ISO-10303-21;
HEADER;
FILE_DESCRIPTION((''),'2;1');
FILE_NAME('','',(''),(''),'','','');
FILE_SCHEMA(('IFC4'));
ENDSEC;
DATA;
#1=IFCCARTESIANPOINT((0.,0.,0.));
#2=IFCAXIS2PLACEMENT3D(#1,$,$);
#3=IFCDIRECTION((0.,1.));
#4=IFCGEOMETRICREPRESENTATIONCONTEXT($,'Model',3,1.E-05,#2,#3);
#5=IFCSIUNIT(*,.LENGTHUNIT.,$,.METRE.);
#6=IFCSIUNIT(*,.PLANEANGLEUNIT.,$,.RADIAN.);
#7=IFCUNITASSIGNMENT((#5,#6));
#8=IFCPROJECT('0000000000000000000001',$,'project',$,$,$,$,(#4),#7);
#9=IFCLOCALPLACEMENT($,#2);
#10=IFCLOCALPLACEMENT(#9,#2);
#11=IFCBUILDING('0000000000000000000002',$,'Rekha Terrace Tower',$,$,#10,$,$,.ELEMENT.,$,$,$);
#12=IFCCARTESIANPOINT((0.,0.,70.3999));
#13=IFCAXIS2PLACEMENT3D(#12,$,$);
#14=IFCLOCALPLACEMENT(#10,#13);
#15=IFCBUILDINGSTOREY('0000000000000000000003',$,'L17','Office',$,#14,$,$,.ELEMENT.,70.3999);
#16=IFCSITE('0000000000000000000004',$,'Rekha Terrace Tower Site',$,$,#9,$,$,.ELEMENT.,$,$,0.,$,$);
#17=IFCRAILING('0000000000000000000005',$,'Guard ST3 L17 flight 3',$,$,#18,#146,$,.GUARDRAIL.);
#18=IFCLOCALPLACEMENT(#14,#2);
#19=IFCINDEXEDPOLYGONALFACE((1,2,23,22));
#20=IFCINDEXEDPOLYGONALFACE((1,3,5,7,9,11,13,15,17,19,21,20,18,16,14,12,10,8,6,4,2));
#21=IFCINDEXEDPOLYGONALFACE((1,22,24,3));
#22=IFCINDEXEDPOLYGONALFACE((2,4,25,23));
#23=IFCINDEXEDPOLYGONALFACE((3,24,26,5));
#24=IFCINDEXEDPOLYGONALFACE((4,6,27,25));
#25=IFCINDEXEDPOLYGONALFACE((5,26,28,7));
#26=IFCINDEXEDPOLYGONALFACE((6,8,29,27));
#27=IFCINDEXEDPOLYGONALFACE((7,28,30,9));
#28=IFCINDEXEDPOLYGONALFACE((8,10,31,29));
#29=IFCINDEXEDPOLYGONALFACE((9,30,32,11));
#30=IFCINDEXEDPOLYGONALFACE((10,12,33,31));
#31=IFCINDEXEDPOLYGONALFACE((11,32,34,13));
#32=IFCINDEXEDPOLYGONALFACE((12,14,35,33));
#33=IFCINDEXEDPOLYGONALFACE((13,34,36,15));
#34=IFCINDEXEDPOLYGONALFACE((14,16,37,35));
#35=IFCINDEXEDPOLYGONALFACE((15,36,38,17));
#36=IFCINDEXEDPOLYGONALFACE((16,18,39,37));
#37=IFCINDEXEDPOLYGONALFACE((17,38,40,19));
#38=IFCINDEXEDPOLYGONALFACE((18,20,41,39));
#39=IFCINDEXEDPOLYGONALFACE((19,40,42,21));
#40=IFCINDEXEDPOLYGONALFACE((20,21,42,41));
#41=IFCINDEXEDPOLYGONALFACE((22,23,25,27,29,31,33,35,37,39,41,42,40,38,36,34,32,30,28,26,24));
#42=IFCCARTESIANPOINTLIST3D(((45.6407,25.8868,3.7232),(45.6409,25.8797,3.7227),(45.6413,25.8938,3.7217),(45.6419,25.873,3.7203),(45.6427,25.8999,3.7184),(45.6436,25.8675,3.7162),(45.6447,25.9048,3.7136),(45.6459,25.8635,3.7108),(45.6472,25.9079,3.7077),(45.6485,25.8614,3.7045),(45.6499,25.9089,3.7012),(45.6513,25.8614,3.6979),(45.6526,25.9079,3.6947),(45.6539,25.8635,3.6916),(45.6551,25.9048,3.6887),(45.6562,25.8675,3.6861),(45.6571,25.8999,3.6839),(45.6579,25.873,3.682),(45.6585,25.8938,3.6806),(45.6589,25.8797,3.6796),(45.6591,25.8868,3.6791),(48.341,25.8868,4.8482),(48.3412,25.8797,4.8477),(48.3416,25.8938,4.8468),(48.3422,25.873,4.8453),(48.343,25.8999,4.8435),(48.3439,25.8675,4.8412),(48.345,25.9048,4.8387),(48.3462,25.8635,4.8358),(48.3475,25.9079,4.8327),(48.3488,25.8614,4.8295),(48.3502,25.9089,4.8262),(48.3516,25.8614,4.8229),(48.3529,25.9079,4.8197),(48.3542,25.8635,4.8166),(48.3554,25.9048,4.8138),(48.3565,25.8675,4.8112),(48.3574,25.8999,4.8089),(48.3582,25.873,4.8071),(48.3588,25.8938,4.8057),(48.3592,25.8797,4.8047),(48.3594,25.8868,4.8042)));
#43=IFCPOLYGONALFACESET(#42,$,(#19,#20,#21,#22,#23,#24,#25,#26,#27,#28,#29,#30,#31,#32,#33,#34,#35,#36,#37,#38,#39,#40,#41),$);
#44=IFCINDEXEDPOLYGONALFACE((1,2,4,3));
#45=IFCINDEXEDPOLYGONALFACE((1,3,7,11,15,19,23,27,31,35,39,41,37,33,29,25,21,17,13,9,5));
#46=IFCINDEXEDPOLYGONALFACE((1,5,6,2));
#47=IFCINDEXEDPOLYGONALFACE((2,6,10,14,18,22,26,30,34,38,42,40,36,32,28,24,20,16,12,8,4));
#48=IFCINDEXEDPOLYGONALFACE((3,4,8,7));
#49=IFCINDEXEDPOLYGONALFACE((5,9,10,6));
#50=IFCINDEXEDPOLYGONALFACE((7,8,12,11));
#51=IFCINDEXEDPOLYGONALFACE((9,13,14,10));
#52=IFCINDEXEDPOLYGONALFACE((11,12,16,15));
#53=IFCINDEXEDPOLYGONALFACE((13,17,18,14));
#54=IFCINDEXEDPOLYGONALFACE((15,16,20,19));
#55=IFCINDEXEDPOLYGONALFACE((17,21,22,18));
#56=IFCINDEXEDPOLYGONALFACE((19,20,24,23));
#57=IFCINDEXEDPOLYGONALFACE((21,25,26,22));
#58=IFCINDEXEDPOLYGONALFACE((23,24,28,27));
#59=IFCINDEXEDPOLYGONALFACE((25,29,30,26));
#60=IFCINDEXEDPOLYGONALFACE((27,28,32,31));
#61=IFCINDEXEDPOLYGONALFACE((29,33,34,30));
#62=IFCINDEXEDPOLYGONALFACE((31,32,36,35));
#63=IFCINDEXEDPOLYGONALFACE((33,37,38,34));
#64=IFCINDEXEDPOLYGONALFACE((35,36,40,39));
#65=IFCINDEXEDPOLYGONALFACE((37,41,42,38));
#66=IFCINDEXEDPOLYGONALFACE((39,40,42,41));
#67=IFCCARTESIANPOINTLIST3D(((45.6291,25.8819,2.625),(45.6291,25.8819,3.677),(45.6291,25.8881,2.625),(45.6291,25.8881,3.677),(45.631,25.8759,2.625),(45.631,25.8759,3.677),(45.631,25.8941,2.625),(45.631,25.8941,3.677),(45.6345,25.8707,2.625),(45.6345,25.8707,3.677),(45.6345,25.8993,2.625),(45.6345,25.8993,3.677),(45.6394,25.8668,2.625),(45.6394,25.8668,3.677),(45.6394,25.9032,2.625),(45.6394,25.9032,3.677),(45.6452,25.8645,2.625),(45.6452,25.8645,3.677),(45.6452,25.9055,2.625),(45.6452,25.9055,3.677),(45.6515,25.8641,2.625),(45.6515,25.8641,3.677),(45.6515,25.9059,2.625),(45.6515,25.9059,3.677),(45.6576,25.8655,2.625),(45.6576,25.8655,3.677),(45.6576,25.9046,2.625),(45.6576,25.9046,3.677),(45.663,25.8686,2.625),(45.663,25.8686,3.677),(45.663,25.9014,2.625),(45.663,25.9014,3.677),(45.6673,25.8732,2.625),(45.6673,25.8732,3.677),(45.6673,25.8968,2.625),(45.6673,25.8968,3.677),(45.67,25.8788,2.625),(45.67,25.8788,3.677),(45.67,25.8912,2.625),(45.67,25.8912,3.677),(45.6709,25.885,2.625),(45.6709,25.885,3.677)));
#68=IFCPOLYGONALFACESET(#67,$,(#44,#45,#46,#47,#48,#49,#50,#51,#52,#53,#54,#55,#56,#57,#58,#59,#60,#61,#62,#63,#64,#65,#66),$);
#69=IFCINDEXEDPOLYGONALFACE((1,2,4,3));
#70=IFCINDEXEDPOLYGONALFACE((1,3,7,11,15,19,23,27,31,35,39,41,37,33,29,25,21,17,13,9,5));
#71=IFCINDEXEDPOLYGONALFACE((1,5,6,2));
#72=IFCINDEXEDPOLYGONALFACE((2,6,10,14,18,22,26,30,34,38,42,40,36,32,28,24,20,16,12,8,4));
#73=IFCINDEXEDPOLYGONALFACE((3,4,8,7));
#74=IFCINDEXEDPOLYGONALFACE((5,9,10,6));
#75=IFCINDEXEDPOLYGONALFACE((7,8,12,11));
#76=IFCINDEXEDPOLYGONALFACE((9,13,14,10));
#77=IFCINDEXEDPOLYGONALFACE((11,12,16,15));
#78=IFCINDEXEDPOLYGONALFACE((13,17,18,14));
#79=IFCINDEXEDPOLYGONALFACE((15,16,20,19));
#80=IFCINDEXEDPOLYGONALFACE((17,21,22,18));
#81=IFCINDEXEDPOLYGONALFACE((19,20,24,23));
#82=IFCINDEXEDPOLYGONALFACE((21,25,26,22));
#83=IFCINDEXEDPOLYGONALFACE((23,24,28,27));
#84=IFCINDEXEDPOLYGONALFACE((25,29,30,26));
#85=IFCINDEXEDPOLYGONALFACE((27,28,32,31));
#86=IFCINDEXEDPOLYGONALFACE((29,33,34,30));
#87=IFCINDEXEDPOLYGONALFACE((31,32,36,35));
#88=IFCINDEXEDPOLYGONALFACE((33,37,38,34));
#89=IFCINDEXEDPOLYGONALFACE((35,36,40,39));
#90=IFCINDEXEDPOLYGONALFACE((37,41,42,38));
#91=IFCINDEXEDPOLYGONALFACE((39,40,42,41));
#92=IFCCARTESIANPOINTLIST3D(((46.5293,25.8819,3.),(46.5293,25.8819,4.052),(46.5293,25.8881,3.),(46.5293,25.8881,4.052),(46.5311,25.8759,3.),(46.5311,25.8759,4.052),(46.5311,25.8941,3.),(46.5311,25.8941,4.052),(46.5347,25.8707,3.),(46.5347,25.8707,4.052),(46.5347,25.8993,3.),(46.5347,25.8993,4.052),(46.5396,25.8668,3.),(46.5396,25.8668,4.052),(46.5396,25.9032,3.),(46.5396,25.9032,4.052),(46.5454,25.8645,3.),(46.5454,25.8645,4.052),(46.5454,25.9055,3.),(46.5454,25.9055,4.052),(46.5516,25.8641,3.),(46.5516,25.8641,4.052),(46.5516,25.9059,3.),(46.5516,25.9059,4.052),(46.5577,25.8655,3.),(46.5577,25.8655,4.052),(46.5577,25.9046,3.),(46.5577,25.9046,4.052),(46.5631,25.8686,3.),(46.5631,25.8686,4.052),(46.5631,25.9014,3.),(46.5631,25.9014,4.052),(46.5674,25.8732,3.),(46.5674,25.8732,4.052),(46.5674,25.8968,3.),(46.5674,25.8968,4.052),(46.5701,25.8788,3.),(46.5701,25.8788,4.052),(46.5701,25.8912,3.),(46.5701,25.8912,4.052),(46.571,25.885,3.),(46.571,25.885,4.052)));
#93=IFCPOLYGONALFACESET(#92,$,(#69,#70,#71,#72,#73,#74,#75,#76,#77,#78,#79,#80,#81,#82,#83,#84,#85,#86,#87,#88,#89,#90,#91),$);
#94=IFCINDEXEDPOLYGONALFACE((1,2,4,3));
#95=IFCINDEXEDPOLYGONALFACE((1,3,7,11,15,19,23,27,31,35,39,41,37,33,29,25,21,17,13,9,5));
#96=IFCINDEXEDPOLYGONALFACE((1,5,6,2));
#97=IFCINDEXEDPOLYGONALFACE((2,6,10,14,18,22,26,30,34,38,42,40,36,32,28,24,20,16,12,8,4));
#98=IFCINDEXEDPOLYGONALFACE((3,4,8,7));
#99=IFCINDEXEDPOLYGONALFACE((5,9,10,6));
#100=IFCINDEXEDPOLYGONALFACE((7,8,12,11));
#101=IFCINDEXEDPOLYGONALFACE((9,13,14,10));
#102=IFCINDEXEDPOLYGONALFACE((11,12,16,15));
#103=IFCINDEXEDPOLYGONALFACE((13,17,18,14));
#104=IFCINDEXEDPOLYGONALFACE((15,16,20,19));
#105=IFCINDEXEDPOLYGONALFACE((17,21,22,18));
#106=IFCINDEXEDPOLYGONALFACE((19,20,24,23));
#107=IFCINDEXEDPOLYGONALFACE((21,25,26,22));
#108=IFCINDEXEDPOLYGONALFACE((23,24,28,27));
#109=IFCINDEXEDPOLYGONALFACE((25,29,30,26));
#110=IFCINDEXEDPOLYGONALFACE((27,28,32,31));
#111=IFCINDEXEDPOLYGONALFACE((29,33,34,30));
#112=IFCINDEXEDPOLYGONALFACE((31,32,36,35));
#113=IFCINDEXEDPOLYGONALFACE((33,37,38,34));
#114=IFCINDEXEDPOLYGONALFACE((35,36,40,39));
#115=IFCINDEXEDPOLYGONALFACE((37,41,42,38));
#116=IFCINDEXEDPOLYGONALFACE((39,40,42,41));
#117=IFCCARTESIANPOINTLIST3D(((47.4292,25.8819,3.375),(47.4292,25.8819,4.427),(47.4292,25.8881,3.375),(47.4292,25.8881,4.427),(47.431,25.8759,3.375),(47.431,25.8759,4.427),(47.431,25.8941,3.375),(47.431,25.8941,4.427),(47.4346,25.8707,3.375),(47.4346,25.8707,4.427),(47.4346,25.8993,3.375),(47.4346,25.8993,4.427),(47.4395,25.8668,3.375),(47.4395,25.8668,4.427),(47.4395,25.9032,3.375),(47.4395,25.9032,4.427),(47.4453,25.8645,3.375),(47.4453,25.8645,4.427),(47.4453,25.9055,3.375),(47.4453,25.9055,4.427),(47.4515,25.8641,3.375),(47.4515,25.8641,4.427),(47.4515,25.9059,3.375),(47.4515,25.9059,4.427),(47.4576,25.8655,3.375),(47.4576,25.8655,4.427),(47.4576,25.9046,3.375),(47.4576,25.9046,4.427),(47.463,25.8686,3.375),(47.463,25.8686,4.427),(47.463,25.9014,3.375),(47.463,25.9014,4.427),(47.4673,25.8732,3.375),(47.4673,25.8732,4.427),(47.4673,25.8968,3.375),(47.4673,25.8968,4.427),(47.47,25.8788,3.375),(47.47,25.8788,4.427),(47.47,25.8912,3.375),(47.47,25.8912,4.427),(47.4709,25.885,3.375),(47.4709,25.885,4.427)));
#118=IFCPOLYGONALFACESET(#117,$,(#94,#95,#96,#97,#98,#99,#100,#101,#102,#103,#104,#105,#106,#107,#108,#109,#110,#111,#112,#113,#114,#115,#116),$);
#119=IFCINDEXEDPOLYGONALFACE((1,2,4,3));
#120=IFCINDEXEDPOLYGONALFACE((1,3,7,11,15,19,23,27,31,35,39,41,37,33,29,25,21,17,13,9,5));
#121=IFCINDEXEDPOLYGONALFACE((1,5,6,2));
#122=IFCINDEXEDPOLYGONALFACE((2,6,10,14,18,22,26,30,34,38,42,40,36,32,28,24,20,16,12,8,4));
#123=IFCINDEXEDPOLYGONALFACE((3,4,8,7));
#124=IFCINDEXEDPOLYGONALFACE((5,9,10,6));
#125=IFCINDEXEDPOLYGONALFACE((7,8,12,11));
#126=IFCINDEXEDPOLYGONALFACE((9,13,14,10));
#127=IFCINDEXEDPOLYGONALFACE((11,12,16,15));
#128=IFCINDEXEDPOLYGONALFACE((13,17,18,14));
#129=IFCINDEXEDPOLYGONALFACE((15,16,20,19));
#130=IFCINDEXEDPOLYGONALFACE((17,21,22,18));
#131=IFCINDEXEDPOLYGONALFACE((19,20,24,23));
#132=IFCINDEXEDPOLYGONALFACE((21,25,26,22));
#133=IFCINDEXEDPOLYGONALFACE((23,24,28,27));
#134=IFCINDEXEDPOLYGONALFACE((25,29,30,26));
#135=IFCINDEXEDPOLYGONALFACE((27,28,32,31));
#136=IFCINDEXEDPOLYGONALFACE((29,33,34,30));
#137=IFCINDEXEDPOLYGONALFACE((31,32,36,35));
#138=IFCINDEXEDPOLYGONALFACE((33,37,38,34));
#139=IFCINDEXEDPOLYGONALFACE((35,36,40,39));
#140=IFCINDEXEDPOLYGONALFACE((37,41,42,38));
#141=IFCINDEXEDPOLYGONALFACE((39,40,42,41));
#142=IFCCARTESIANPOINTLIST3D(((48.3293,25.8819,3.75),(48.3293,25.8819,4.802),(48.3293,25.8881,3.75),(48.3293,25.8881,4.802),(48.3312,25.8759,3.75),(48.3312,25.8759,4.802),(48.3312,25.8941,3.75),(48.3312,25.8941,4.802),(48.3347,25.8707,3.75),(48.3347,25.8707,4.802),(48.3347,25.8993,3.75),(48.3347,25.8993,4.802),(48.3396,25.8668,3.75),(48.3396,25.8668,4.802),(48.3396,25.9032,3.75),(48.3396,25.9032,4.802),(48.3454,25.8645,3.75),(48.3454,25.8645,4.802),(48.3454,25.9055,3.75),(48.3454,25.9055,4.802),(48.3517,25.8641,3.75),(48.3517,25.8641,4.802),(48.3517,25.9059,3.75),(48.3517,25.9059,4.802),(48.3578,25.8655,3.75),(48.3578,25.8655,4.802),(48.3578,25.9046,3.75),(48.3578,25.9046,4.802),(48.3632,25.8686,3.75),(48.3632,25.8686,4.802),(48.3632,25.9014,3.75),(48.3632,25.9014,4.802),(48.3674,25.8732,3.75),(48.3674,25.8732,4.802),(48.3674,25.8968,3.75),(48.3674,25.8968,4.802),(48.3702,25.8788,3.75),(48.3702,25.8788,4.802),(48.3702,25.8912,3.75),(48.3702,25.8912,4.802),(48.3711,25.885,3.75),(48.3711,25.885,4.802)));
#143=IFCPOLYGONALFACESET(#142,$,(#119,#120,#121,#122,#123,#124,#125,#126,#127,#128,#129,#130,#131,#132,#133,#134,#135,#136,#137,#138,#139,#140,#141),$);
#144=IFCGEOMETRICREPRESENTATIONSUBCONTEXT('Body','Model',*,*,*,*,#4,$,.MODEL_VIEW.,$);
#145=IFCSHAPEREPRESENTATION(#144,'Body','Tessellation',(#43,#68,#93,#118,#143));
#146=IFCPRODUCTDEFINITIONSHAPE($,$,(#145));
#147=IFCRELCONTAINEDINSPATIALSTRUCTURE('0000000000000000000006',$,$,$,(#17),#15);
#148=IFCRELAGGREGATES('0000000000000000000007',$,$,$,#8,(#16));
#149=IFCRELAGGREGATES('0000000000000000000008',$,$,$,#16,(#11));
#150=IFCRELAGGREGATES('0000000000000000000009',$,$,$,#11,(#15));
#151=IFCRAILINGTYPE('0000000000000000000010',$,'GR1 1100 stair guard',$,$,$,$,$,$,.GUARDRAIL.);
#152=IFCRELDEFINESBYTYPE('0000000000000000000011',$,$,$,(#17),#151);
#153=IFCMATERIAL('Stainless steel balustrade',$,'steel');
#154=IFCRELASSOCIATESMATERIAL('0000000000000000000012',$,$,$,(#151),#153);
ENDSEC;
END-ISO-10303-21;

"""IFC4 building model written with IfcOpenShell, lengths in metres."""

from ifc_helpers import new_model, si_unit, direction, frame, origin, origin_2d, place, context, subcontext, project, spatial, circle, extrude, material, type_object, element, save


model = new_model("IFC4")

# Units and contexts
model_context = context("Model", 3, precision=1e-05, world=origin(), true_north=direction((0.0, 1.0)))
body_context = subcontext(model_context, "Body", "Model", "MODEL_VIEW")
ifc_project = project(units=[si_unit("LENGTHUNIT", "METRE"), si_unit("PLANEANGLEUNIT", "RADIAN")], contexts=[model_context])

# Site, building, storey
site_placement = place(None, origin())
site = spatial("IfcSite", under=ifc_project, at=site_placement, Name="Rekha Terrace Tower Site", CompositionType="ELEMENT", RefElevation=0.0)
building_placement = place(site_placement, origin())
building = spatial("IfcBuilding", under=site, at=building_placement, Name="Rekha Terrace Tower", CompositionType="ELEMENT")
storey_placement = place(building_placement, frame((0.0, 0.0, 70.3999)))
storey = spatial("IfcBuildingStorey", under=building, at=storey_placement, Name="L17", Description="Office", CompositionType="ELEMENT", Elevation=70.3999)

# Railing
ifc_material_1 = material(Name="Stainless steel balustrade", Category="steel")
railing_type_1 = type_object("IfcRailingType", Name="GR1 1100 stair guard", PredefinedType="GUARDRAIL", material=ifc_material_1)
railing_1_placement = place(storey_placement, frame((45.6499, 25.885, 2.625)))
element("IfcRailing", 1, at=railing_1_placement, inside=storey, type_object=railing_type_1, Name="Guard ST3 L17 flight 3", PredefinedType="GUARDRAIL", context=body_context, shape_type="SweptSolid", body=[
    extrude(circle(Radius=0.0239, at=origin_2d()), frame((0.0, 0.0, 1.0762), z_axis=(0.923087, 0.0, 0.384592), x_axis=(0.0, 1.0, 0.0)), (0.0, 0.0, 1.0), 2.9253),
    extrude(circle(Radius=0.021, at=origin_2d()), origin(), (0.0, 0.0, 1.0), 1.052),
    extrude(circle(Radius=0.021, at=origin_2d()), frame((0.9001, 0.0, 0.375)), (0.0, 0.0, 1.0), 1.052),
    extrude(circle(Radius=0.021, at=origin_2d()), frame((1.8, 0.0, 0.75)), (0.0, 0.0, 1.0), 1.052),
    extrude(circle(Radius=0.021, at=origin_2d()), frame((2.7002, 0.0, 1.125)), (0.0, 0.0, 1.0), 1.052),
])

save(model, "model.ifc")
